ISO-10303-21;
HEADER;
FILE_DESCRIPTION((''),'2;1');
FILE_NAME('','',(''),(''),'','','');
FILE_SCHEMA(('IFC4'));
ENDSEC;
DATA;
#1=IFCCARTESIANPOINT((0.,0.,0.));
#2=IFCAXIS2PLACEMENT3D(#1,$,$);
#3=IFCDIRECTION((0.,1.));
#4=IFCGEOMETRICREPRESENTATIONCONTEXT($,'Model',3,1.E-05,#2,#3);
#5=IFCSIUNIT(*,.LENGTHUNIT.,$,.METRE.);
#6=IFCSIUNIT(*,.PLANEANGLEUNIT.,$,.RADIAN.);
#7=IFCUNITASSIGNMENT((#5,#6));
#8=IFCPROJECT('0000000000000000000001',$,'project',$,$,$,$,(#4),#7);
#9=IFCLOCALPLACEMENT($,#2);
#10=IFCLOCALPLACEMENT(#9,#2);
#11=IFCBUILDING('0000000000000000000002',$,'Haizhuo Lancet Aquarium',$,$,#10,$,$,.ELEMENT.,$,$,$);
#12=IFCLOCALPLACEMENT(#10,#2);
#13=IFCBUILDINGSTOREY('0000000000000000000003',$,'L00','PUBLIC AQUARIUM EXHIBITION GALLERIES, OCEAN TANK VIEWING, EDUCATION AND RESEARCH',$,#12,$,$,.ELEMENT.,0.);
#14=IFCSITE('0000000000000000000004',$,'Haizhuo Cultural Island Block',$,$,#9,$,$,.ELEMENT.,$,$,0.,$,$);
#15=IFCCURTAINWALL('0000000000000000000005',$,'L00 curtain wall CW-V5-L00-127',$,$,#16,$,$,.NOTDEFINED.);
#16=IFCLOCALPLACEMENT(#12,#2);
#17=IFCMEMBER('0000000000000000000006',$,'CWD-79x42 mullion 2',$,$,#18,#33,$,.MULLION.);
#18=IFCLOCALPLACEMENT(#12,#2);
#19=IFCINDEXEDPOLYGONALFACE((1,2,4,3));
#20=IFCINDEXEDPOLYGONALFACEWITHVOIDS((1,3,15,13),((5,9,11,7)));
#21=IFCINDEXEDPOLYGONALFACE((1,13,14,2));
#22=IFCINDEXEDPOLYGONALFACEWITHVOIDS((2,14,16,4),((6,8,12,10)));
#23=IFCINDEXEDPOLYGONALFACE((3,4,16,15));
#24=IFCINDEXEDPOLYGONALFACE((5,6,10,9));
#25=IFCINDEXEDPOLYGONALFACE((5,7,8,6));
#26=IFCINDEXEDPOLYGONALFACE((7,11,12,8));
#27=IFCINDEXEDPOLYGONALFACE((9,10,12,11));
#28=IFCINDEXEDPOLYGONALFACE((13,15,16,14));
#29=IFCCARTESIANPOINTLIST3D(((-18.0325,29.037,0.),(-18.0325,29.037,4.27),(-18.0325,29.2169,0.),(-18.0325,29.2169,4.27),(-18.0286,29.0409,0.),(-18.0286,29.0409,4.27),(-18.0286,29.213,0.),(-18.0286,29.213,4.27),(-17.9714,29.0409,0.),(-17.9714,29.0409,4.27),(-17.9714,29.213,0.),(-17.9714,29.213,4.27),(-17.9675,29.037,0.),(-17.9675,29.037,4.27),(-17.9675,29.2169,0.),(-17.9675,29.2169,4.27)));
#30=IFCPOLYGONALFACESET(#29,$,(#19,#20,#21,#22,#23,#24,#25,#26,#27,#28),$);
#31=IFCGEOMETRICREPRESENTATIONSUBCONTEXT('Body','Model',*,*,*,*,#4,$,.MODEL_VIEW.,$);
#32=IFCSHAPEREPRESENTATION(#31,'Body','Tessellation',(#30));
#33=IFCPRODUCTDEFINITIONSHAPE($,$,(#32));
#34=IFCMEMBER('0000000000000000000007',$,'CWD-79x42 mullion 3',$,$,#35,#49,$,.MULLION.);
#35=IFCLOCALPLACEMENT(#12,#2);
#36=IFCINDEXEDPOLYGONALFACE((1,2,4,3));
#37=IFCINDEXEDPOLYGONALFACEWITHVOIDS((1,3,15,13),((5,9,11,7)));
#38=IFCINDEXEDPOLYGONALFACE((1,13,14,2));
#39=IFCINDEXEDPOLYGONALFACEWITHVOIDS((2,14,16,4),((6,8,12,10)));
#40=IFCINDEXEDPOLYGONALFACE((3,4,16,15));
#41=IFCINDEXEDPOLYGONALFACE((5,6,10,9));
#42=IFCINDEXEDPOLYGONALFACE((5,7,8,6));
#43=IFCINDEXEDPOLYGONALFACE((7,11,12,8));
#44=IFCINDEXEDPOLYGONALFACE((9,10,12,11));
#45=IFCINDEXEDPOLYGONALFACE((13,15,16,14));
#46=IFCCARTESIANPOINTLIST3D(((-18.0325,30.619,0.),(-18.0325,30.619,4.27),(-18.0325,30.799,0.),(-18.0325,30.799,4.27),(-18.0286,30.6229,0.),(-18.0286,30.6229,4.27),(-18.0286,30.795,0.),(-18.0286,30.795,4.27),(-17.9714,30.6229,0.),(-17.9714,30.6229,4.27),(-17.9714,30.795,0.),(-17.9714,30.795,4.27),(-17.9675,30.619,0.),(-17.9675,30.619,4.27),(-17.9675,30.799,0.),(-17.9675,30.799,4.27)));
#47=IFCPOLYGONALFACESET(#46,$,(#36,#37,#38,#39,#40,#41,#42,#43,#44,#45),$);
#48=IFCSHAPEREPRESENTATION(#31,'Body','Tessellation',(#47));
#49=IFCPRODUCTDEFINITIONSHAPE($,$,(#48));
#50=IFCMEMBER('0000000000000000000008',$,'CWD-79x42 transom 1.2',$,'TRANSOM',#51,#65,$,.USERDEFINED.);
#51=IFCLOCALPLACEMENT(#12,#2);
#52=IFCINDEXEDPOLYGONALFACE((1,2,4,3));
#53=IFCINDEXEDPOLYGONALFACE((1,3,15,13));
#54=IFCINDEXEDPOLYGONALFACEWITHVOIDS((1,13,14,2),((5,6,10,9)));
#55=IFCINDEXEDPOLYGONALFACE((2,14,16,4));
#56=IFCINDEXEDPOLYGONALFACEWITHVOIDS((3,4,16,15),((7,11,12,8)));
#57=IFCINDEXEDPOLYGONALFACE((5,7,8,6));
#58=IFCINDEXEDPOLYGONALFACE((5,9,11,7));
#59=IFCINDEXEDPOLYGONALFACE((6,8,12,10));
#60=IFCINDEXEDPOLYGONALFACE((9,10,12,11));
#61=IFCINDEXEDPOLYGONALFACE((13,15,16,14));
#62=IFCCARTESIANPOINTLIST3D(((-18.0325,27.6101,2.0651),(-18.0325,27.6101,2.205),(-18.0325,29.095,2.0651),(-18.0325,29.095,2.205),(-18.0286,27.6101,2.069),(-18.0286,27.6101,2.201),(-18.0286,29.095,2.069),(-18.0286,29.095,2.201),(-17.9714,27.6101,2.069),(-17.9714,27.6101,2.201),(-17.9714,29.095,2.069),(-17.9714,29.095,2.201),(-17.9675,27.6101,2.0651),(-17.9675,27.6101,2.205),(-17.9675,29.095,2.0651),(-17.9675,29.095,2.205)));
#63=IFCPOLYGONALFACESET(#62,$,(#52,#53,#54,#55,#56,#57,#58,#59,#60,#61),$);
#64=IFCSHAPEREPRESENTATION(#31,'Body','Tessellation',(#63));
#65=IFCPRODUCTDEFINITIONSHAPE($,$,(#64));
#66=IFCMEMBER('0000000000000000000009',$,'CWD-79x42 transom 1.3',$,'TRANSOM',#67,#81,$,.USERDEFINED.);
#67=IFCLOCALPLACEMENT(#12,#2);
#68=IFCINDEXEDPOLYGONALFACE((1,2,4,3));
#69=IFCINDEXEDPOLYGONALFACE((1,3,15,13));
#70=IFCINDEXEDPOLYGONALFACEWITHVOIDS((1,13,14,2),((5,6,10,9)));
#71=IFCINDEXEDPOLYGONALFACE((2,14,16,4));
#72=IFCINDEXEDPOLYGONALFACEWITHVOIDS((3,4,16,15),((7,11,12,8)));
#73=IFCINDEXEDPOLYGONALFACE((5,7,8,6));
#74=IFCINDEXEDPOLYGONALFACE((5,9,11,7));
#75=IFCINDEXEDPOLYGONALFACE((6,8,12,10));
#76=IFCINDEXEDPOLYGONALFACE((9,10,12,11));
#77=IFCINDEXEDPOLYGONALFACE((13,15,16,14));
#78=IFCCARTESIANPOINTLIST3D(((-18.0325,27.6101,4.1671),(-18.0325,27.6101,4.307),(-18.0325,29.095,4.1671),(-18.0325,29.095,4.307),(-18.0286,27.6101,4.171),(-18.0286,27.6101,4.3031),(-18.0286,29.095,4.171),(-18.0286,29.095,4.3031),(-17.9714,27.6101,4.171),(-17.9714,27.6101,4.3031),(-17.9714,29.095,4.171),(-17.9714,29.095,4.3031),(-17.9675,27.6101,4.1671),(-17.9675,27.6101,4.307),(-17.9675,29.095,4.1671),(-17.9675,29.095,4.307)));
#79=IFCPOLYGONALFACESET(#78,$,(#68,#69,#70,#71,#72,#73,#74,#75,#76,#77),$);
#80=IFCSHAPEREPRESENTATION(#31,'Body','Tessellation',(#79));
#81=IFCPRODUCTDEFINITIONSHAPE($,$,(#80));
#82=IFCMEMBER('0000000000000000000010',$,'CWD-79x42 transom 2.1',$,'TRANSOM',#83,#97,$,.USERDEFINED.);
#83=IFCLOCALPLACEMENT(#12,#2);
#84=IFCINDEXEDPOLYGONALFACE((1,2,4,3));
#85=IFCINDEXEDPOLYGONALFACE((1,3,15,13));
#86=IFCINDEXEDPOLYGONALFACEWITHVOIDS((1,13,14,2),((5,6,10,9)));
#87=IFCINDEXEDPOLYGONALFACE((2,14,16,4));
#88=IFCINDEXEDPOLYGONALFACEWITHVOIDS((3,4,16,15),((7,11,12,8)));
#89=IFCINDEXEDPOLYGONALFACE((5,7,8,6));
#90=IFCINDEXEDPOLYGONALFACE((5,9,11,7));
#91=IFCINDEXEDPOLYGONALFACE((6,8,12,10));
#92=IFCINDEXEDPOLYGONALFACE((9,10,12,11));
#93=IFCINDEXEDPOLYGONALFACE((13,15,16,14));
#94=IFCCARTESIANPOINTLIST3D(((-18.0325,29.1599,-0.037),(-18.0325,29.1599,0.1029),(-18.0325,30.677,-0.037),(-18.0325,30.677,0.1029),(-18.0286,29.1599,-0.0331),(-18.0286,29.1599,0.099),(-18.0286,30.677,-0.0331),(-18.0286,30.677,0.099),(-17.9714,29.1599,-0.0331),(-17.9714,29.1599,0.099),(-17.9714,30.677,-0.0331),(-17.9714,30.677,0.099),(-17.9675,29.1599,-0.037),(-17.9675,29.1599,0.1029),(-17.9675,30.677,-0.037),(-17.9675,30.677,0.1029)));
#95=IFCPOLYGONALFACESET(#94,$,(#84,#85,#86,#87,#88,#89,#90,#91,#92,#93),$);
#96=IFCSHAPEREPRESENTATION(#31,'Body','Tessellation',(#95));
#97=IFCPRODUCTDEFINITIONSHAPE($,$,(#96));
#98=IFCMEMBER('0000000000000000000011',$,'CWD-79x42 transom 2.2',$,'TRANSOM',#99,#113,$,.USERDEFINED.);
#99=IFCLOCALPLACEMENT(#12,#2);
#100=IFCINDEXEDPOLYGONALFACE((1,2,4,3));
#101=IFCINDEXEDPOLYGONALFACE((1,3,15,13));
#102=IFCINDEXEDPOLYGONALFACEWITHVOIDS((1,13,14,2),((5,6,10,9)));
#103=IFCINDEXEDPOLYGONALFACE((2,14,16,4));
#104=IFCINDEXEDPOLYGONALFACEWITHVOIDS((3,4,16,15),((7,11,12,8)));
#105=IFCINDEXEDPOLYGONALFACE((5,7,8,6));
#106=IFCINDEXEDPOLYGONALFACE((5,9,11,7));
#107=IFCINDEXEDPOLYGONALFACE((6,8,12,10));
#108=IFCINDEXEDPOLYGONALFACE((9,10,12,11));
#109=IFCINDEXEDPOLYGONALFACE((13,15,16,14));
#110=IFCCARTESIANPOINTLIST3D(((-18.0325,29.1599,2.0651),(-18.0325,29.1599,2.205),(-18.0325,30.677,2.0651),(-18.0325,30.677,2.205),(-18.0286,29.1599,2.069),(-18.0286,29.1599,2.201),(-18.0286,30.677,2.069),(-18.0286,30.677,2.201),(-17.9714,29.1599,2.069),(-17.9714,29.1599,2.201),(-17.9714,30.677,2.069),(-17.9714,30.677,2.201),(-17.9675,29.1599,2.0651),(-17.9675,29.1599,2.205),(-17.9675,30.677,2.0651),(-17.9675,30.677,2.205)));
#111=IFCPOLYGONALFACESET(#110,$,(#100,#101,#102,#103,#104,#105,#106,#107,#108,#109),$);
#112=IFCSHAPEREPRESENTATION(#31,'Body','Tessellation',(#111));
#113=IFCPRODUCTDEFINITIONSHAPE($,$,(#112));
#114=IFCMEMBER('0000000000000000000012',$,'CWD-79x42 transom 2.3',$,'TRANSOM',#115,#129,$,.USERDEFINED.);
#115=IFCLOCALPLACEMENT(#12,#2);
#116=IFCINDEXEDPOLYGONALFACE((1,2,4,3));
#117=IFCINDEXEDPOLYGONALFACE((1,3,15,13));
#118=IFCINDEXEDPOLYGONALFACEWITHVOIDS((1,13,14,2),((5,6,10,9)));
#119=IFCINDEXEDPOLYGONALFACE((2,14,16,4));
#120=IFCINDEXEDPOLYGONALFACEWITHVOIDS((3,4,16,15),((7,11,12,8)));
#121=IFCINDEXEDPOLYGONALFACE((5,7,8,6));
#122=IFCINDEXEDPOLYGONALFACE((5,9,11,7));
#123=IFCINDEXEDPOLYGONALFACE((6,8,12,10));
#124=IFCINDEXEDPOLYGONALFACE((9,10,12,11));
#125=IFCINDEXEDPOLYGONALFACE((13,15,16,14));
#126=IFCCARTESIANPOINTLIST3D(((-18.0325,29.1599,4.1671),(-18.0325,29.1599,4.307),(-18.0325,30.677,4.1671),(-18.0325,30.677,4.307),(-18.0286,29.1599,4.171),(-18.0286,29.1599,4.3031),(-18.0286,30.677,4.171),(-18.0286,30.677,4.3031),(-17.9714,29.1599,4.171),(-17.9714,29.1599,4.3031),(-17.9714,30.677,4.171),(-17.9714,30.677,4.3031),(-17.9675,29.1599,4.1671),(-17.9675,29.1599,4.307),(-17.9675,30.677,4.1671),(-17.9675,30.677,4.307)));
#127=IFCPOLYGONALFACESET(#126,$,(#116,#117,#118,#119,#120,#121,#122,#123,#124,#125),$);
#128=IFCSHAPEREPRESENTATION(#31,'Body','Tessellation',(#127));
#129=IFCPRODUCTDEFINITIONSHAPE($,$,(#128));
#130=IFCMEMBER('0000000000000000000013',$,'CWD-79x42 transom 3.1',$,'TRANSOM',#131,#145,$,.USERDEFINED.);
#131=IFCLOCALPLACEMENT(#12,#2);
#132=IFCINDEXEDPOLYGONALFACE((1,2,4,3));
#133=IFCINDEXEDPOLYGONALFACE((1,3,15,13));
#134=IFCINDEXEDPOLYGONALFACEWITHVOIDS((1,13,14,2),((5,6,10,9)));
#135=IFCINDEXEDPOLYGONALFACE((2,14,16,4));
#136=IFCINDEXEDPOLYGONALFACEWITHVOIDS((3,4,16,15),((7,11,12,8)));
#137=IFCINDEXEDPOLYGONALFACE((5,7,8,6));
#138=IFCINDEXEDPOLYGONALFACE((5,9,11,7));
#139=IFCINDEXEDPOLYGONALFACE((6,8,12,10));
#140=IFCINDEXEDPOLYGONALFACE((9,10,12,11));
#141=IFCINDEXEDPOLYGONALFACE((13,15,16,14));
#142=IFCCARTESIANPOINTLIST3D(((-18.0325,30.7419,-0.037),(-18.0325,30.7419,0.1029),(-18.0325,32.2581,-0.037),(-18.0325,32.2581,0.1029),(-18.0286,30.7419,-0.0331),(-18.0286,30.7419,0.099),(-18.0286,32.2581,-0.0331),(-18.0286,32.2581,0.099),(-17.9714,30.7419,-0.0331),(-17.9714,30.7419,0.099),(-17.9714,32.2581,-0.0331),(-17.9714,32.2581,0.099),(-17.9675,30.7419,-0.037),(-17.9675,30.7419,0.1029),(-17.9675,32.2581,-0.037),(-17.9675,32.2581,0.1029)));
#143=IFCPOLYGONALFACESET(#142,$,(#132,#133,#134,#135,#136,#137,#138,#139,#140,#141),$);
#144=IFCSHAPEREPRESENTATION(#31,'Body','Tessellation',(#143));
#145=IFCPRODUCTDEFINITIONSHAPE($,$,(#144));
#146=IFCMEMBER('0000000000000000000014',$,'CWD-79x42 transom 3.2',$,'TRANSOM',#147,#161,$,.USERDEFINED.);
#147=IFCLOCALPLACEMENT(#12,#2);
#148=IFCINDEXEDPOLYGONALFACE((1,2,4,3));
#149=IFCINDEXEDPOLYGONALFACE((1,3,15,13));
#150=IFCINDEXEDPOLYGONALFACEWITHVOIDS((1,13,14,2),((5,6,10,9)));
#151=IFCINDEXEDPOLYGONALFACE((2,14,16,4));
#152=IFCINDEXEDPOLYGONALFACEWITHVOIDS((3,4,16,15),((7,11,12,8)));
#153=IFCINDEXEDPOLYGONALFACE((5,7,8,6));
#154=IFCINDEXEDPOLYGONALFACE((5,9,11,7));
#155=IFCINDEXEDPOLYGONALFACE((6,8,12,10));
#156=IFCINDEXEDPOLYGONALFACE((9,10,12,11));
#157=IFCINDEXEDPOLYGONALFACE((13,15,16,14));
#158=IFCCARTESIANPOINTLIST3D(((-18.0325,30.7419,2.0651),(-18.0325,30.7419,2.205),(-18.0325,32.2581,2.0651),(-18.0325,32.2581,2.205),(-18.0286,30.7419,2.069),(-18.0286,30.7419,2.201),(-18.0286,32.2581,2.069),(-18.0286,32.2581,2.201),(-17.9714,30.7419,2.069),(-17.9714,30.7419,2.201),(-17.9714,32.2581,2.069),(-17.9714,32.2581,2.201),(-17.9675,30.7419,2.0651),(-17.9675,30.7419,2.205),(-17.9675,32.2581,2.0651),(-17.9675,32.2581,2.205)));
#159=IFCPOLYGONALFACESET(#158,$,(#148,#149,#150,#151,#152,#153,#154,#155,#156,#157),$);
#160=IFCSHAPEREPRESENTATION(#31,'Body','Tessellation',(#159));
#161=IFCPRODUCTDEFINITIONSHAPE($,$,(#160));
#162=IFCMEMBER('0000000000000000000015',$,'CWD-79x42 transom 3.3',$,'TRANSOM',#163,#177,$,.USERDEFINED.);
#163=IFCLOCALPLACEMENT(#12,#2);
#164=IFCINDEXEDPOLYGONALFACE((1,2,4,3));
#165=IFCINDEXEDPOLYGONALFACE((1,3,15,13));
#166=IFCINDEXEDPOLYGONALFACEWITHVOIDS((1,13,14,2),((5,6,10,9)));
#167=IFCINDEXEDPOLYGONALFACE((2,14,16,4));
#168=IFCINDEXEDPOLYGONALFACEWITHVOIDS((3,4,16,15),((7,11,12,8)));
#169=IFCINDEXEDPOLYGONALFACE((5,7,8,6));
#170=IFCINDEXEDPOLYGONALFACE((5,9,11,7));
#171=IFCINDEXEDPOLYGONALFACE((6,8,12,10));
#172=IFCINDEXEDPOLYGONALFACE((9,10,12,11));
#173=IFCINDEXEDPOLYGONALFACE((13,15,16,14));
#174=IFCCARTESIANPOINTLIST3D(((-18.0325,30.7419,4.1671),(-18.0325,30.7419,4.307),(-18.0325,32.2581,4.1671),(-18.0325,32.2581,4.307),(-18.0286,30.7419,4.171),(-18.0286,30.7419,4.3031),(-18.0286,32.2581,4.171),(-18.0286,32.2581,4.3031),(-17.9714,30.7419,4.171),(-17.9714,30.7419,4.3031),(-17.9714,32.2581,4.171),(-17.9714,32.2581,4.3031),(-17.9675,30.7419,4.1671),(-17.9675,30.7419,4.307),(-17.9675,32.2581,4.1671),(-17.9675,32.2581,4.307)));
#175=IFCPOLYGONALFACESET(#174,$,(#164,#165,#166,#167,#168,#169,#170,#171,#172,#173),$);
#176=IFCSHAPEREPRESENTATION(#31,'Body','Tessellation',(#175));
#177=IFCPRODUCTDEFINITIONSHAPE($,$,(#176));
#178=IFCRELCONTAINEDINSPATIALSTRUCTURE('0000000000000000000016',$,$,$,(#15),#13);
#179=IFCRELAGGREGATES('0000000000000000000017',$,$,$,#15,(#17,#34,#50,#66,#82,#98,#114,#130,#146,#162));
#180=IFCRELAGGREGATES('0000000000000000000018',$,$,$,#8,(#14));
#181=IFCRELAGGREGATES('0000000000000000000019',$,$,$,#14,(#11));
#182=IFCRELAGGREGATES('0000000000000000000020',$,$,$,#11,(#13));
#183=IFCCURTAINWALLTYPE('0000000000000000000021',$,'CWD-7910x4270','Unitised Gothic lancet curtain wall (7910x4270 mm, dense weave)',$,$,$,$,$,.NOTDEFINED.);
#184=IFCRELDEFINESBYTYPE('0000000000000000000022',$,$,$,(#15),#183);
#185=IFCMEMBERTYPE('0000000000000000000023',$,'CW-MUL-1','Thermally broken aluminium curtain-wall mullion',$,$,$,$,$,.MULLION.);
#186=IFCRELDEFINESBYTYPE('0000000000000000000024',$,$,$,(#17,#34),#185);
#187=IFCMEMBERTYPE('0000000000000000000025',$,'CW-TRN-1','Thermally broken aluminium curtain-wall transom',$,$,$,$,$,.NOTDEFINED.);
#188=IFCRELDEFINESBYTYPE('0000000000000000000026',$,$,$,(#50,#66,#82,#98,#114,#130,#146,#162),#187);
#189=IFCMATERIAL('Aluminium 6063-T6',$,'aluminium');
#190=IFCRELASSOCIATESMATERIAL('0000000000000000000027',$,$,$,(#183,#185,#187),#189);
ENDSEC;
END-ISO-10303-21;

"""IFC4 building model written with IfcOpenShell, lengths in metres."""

from ifc_helpers import new_model, si_unit, direction, frame, origin, origin_2d, place, context, subcontext, project, spatial, hollow_rectangle, extrude, material, material_profile, profile_set, type_object, element, aggregate, save


model = new_model("IFC4")

# Units and contexts
model_context = context("Model", 3, precision=1e-05, world=origin(), true_north=direction((0.0, 1.0)))
body_context = subcontext(model_context, "Body", "Model", "MODEL_VIEW")
ifc_project = project(units=[si_unit("LENGTHUNIT", "METRE"), si_unit("PLANEANGLEUNIT", "RADIAN")], contexts=[model_context])

# Site, building, storey
site_placement = place(None, origin())
site = spatial("IfcSite", under=ifc_project, at=site_placement, Name="Haizhuo Cultural Island Block", CompositionType="ELEMENT", RefElevation=0.0)
building_placement = place(site_placement, origin())
building = spatial("IfcBuilding", under=site, at=building_placement, Name="Haizhuo Lancet Aquarium", CompositionType="ELEMENT")
storey_placement = place(building_placement, origin())
storey = spatial("IfcBuildingStorey", under=building, at=storey_placement, Name="L00", Description="PUBLIC AQUARIUM EXHIBITION GALLERIES, OCEAN TANK VIEWING, EDUCATION AND RESEARCH", CompositionType="ELEMENT", Elevation=0.0)

# Curtain wall, members
ifc_material_1 = material(Name="Aluminium 6063-T6", Category="aluminium")
curtain_wall_type = type_object("IfcCurtainWallType", Name="CWD-7910x4270", Description="Unitised Gothic lancet curtain wall (7910x4270 mm, dense weave)", PredefinedType="NOTDEFINED", material=ifc_material_1)
curtain_wall_placement = place(storey_placement, origin())
curtain_wall = element("IfcCurtainWall", 1, at=curtain_wall_placement, inside=storey, type_object=curtain_wall_type, Name="L00 curtain wall CW-V5-L00-127", PredefinedType="NOTDEFINED")
ifc_material_profile_1 = material_profile(ifc_material_1, hollow_rectangle(XDim=0.0649, YDim=0.1799, WallThickness=0.0039, at=origin_2d()), Name="ALU-M 65x180x4")
ifc_profile_set_1 = profile_set([ifc_material_profile_1], Name="Aluminium 6063-T6")
member_type_1 = type_object("IfcMemberType", Name="CW-MUL-1", Description="Thermally broken aluminium curtain-wall mullion", PredefinedType="MULLION", material=ifc_profile_set_1)
member_1_placement = place(storey_placement, frame((-18.0, 29.127, 0.0), z_axis=(0.0, 0.0, 1.0), x_axis=(-1.0, 0.0, 0.0)))
member_1 = element("IfcMember", 2, at=member_1_placement, type_object=member_type_1, Name="CWD-79x42 mullion 2", PredefinedType="MULLION", context=body_context, shape_type="SweptSolid", body=[
    extrude(hollow_rectangle(XDim=0.0649, YDim=0.1799, WallThickness=0.0039, at=origin_2d()), origin(), (0.0, 0.0, 1.0), 4.27),
])
member_2_placement = place(storey_placement, frame((-18.0, 30.709, 0.0), z_axis=(0.0, 0.0, 1.0), x_axis=(-1.0, 0.0, 0.0)))
member_2 = element("IfcMember", 3, at=member_2_placement, type_object=member_type_1, Name="CWD-79x42 mullion 3", PredefinedType="MULLION", context=body_context, shape_type="SweptSolid", body=[
    extrude(hollow_rectangle(XDim=0.0649, YDim=0.1799, WallThickness=0.0039, at=origin_2d()), origin(), (0.0, 0.0, 1.0), 4.27),
])
ifc_material_profile_2 = material_profile(ifc_material_1, hollow_rectangle(XDim=0.0649, YDim=0.1399, WallThickness=0.0039, at=origin_2d()), Name="ALU-T 65x140x4")
ifc_profile_set_2 = profile_set([ifc_material_profile_2], Name="Aluminium 6063-T6")
member_type_2 = type_object("IfcMemberType", Name="CW-TRN-1", Description="Thermally broken aluminium curtain-wall transom", PredefinedType="NOTDEFINED", material=ifc_profile_set_2)
member_3_placement = place(storey_placement, frame((-18.0, 27.6101, 2.135), z_axis=(0.0, 1.0, 0.0), x_axis=(-1.0, 0.0, 0.0)))
member_3 = element("IfcMember", 4, at=member_3_placement, type_object=member_type_2, Name="CWD-79x42 transom 1.2", ObjectType="TRANSOM", PredefinedType="USERDEFINED", context=body_context, shape_type="SweptSolid", body=[
    extrude(hollow_rectangle(XDim=0.0649, YDim=0.1399, WallThickness=0.0039, at=origin_2d()), origin(), (0.0, 0.0, 1.0), 1.4849),
])
member_4_placement = place(storey_placement, frame((-18.0, 27.6101, 4.2371), z_axis=(0.0, 1.0, 0.0), x_axis=(-1.0, 0.0, 0.0)))
member_4 = element("IfcMember", 5, at=member_4_placement, type_object=member_type_2, Name="CWD-79x42 transom 1.3", ObjectType="TRANSOM", PredefinedType="USERDEFINED", context=body_context, shape_type="SweptSolid", body=[
    extrude(hollow_rectangle(XDim=0.0649, YDim=0.1399, WallThickness=0.0039, at=origin_2d()), origin(), (0.0, 0.0, 1.0), 1.4849),
])
member_5_placement = place(storey_placement, frame((-18.0, 29.1599, 0.033), z_axis=(0.0, 1.0, 0.0), x_axis=(-1.0, 0.0, 0.0)))
member_5 = element("IfcMember", 6, at=member_5_placement, type_object=member_type_2, Name="CWD-79x42 transom 2.1", ObjectType="TRANSOM", PredefinedType="USERDEFINED", context=body_context, shape_type="SweptSolid", body=[
    extrude(hollow_rectangle(XDim=0.0649, YDim=0.1399, WallThickness=0.0039, at=origin_2d()), origin(), (0.0, 0.0, 1.0), 1.5171),
])
member_6_placement = place(storey_placement, frame((-18.0, 29.1599, 2.135), z_axis=(0.0, 1.0, 0.0), x_axis=(-1.0, 0.0, 0.0)))
member_6 = element("IfcMember", 7, at=member_6_placement, type_object=member_type_2, Name="CWD-79x42 transom 2.2", ObjectType="TRANSOM", PredefinedType="USERDEFINED", context=body_context, shape_type="SweptSolid", body=[
    extrude(hollow_rectangle(XDim=0.0649, YDim=0.1399, WallThickness=0.0039, at=origin_2d()), origin(), (0.0, 0.0, 1.0), 1.5171),
])
member_7_placement = place(storey_placement, frame((-18.0, 29.1599, 4.2371), z_axis=(0.0, 1.0, 0.0), x_axis=(-1.0, 0.0, 0.0)))
member_7 = element("IfcMember", 8, at=member_7_placement, type_object=member_type_2, Name="CWD-79x42 transom 2.3", ObjectType="TRANSOM", PredefinedType="USERDEFINED", context=body_context, shape_type="SweptSolid", body=[
    extrude(hollow_rectangle(XDim=0.0649, YDim=0.1399, WallThickness=0.0039, at=origin_2d()), origin(), (0.0, 0.0, 1.0), 1.5171),
])
member_8_placement = place(storey_placement, frame((-18.0, 30.7419, 0.033), z_axis=(0.0, 1.0, 0.0), x_axis=(-1.0, 0.0, 0.0)))
member_8 = element("IfcMember", 9, at=member_8_placement, type_object=member_type_2, Name="CWD-79x42 transom 3.1", ObjectType="TRANSOM", PredefinedType="USERDEFINED", context=body_context, shape_type="SweptSolid", body=[
    extrude(hollow_rectangle(XDim=0.0649, YDim=0.1399, WallThickness=0.0039, at=origin_2d()), origin(), (0.0, 0.0, 1.0), 1.5161),
])
member_9_placement = place(storey_placement, frame((-18.0, 30.7419, 2.135), z_axis=(0.0, 1.0, 0.0), x_axis=(-1.0, 0.0, 0.0)))
member_9 = element("IfcMember", 10, at=member_9_placement, type_object=member_type_2, Name="CWD-79x42 transom 3.2", ObjectType="TRANSOM", PredefinedType="USERDEFINED", context=body_context, shape_type="SweptSolid", body=[
    extrude(hollow_rectangle(XDim=0.0649, YDim=0.1399, WallThickness=0.0039, at=origin_2d()), origin(), (0.0, 0.0, 1.0), 1.5161),
])
member_10_placement = place(storey_placement, frame((-18.0, 30.7419, 4.2371), z_axis=(0.0, 1.0, 0.0), x_axis=(-1.0, 0.0, 0.0)))
member_10 = element("IfcMember", 11, at=member_10_placement, type_object=member_type_2, Name="CWD-79x42 transom 3.3", ObjectType="TRANSOM", PredefinedType="USERDEFINED", context=body_context, shape_type="SweptSolid", body=[
    extrude(hollow_rectangle(XDim=0.0649, YDim=0.1399, WallThickness=0.0039, at=origin_2d()), origin(), (0.0, 0.0, 1.0), 1.5161),
])

aggregate(curtain_wall, [member_1, member_2, member_3, member_4, member_5, member_6, member_7, member_8, member_9, member_10])

save(model, "model.ifc")
